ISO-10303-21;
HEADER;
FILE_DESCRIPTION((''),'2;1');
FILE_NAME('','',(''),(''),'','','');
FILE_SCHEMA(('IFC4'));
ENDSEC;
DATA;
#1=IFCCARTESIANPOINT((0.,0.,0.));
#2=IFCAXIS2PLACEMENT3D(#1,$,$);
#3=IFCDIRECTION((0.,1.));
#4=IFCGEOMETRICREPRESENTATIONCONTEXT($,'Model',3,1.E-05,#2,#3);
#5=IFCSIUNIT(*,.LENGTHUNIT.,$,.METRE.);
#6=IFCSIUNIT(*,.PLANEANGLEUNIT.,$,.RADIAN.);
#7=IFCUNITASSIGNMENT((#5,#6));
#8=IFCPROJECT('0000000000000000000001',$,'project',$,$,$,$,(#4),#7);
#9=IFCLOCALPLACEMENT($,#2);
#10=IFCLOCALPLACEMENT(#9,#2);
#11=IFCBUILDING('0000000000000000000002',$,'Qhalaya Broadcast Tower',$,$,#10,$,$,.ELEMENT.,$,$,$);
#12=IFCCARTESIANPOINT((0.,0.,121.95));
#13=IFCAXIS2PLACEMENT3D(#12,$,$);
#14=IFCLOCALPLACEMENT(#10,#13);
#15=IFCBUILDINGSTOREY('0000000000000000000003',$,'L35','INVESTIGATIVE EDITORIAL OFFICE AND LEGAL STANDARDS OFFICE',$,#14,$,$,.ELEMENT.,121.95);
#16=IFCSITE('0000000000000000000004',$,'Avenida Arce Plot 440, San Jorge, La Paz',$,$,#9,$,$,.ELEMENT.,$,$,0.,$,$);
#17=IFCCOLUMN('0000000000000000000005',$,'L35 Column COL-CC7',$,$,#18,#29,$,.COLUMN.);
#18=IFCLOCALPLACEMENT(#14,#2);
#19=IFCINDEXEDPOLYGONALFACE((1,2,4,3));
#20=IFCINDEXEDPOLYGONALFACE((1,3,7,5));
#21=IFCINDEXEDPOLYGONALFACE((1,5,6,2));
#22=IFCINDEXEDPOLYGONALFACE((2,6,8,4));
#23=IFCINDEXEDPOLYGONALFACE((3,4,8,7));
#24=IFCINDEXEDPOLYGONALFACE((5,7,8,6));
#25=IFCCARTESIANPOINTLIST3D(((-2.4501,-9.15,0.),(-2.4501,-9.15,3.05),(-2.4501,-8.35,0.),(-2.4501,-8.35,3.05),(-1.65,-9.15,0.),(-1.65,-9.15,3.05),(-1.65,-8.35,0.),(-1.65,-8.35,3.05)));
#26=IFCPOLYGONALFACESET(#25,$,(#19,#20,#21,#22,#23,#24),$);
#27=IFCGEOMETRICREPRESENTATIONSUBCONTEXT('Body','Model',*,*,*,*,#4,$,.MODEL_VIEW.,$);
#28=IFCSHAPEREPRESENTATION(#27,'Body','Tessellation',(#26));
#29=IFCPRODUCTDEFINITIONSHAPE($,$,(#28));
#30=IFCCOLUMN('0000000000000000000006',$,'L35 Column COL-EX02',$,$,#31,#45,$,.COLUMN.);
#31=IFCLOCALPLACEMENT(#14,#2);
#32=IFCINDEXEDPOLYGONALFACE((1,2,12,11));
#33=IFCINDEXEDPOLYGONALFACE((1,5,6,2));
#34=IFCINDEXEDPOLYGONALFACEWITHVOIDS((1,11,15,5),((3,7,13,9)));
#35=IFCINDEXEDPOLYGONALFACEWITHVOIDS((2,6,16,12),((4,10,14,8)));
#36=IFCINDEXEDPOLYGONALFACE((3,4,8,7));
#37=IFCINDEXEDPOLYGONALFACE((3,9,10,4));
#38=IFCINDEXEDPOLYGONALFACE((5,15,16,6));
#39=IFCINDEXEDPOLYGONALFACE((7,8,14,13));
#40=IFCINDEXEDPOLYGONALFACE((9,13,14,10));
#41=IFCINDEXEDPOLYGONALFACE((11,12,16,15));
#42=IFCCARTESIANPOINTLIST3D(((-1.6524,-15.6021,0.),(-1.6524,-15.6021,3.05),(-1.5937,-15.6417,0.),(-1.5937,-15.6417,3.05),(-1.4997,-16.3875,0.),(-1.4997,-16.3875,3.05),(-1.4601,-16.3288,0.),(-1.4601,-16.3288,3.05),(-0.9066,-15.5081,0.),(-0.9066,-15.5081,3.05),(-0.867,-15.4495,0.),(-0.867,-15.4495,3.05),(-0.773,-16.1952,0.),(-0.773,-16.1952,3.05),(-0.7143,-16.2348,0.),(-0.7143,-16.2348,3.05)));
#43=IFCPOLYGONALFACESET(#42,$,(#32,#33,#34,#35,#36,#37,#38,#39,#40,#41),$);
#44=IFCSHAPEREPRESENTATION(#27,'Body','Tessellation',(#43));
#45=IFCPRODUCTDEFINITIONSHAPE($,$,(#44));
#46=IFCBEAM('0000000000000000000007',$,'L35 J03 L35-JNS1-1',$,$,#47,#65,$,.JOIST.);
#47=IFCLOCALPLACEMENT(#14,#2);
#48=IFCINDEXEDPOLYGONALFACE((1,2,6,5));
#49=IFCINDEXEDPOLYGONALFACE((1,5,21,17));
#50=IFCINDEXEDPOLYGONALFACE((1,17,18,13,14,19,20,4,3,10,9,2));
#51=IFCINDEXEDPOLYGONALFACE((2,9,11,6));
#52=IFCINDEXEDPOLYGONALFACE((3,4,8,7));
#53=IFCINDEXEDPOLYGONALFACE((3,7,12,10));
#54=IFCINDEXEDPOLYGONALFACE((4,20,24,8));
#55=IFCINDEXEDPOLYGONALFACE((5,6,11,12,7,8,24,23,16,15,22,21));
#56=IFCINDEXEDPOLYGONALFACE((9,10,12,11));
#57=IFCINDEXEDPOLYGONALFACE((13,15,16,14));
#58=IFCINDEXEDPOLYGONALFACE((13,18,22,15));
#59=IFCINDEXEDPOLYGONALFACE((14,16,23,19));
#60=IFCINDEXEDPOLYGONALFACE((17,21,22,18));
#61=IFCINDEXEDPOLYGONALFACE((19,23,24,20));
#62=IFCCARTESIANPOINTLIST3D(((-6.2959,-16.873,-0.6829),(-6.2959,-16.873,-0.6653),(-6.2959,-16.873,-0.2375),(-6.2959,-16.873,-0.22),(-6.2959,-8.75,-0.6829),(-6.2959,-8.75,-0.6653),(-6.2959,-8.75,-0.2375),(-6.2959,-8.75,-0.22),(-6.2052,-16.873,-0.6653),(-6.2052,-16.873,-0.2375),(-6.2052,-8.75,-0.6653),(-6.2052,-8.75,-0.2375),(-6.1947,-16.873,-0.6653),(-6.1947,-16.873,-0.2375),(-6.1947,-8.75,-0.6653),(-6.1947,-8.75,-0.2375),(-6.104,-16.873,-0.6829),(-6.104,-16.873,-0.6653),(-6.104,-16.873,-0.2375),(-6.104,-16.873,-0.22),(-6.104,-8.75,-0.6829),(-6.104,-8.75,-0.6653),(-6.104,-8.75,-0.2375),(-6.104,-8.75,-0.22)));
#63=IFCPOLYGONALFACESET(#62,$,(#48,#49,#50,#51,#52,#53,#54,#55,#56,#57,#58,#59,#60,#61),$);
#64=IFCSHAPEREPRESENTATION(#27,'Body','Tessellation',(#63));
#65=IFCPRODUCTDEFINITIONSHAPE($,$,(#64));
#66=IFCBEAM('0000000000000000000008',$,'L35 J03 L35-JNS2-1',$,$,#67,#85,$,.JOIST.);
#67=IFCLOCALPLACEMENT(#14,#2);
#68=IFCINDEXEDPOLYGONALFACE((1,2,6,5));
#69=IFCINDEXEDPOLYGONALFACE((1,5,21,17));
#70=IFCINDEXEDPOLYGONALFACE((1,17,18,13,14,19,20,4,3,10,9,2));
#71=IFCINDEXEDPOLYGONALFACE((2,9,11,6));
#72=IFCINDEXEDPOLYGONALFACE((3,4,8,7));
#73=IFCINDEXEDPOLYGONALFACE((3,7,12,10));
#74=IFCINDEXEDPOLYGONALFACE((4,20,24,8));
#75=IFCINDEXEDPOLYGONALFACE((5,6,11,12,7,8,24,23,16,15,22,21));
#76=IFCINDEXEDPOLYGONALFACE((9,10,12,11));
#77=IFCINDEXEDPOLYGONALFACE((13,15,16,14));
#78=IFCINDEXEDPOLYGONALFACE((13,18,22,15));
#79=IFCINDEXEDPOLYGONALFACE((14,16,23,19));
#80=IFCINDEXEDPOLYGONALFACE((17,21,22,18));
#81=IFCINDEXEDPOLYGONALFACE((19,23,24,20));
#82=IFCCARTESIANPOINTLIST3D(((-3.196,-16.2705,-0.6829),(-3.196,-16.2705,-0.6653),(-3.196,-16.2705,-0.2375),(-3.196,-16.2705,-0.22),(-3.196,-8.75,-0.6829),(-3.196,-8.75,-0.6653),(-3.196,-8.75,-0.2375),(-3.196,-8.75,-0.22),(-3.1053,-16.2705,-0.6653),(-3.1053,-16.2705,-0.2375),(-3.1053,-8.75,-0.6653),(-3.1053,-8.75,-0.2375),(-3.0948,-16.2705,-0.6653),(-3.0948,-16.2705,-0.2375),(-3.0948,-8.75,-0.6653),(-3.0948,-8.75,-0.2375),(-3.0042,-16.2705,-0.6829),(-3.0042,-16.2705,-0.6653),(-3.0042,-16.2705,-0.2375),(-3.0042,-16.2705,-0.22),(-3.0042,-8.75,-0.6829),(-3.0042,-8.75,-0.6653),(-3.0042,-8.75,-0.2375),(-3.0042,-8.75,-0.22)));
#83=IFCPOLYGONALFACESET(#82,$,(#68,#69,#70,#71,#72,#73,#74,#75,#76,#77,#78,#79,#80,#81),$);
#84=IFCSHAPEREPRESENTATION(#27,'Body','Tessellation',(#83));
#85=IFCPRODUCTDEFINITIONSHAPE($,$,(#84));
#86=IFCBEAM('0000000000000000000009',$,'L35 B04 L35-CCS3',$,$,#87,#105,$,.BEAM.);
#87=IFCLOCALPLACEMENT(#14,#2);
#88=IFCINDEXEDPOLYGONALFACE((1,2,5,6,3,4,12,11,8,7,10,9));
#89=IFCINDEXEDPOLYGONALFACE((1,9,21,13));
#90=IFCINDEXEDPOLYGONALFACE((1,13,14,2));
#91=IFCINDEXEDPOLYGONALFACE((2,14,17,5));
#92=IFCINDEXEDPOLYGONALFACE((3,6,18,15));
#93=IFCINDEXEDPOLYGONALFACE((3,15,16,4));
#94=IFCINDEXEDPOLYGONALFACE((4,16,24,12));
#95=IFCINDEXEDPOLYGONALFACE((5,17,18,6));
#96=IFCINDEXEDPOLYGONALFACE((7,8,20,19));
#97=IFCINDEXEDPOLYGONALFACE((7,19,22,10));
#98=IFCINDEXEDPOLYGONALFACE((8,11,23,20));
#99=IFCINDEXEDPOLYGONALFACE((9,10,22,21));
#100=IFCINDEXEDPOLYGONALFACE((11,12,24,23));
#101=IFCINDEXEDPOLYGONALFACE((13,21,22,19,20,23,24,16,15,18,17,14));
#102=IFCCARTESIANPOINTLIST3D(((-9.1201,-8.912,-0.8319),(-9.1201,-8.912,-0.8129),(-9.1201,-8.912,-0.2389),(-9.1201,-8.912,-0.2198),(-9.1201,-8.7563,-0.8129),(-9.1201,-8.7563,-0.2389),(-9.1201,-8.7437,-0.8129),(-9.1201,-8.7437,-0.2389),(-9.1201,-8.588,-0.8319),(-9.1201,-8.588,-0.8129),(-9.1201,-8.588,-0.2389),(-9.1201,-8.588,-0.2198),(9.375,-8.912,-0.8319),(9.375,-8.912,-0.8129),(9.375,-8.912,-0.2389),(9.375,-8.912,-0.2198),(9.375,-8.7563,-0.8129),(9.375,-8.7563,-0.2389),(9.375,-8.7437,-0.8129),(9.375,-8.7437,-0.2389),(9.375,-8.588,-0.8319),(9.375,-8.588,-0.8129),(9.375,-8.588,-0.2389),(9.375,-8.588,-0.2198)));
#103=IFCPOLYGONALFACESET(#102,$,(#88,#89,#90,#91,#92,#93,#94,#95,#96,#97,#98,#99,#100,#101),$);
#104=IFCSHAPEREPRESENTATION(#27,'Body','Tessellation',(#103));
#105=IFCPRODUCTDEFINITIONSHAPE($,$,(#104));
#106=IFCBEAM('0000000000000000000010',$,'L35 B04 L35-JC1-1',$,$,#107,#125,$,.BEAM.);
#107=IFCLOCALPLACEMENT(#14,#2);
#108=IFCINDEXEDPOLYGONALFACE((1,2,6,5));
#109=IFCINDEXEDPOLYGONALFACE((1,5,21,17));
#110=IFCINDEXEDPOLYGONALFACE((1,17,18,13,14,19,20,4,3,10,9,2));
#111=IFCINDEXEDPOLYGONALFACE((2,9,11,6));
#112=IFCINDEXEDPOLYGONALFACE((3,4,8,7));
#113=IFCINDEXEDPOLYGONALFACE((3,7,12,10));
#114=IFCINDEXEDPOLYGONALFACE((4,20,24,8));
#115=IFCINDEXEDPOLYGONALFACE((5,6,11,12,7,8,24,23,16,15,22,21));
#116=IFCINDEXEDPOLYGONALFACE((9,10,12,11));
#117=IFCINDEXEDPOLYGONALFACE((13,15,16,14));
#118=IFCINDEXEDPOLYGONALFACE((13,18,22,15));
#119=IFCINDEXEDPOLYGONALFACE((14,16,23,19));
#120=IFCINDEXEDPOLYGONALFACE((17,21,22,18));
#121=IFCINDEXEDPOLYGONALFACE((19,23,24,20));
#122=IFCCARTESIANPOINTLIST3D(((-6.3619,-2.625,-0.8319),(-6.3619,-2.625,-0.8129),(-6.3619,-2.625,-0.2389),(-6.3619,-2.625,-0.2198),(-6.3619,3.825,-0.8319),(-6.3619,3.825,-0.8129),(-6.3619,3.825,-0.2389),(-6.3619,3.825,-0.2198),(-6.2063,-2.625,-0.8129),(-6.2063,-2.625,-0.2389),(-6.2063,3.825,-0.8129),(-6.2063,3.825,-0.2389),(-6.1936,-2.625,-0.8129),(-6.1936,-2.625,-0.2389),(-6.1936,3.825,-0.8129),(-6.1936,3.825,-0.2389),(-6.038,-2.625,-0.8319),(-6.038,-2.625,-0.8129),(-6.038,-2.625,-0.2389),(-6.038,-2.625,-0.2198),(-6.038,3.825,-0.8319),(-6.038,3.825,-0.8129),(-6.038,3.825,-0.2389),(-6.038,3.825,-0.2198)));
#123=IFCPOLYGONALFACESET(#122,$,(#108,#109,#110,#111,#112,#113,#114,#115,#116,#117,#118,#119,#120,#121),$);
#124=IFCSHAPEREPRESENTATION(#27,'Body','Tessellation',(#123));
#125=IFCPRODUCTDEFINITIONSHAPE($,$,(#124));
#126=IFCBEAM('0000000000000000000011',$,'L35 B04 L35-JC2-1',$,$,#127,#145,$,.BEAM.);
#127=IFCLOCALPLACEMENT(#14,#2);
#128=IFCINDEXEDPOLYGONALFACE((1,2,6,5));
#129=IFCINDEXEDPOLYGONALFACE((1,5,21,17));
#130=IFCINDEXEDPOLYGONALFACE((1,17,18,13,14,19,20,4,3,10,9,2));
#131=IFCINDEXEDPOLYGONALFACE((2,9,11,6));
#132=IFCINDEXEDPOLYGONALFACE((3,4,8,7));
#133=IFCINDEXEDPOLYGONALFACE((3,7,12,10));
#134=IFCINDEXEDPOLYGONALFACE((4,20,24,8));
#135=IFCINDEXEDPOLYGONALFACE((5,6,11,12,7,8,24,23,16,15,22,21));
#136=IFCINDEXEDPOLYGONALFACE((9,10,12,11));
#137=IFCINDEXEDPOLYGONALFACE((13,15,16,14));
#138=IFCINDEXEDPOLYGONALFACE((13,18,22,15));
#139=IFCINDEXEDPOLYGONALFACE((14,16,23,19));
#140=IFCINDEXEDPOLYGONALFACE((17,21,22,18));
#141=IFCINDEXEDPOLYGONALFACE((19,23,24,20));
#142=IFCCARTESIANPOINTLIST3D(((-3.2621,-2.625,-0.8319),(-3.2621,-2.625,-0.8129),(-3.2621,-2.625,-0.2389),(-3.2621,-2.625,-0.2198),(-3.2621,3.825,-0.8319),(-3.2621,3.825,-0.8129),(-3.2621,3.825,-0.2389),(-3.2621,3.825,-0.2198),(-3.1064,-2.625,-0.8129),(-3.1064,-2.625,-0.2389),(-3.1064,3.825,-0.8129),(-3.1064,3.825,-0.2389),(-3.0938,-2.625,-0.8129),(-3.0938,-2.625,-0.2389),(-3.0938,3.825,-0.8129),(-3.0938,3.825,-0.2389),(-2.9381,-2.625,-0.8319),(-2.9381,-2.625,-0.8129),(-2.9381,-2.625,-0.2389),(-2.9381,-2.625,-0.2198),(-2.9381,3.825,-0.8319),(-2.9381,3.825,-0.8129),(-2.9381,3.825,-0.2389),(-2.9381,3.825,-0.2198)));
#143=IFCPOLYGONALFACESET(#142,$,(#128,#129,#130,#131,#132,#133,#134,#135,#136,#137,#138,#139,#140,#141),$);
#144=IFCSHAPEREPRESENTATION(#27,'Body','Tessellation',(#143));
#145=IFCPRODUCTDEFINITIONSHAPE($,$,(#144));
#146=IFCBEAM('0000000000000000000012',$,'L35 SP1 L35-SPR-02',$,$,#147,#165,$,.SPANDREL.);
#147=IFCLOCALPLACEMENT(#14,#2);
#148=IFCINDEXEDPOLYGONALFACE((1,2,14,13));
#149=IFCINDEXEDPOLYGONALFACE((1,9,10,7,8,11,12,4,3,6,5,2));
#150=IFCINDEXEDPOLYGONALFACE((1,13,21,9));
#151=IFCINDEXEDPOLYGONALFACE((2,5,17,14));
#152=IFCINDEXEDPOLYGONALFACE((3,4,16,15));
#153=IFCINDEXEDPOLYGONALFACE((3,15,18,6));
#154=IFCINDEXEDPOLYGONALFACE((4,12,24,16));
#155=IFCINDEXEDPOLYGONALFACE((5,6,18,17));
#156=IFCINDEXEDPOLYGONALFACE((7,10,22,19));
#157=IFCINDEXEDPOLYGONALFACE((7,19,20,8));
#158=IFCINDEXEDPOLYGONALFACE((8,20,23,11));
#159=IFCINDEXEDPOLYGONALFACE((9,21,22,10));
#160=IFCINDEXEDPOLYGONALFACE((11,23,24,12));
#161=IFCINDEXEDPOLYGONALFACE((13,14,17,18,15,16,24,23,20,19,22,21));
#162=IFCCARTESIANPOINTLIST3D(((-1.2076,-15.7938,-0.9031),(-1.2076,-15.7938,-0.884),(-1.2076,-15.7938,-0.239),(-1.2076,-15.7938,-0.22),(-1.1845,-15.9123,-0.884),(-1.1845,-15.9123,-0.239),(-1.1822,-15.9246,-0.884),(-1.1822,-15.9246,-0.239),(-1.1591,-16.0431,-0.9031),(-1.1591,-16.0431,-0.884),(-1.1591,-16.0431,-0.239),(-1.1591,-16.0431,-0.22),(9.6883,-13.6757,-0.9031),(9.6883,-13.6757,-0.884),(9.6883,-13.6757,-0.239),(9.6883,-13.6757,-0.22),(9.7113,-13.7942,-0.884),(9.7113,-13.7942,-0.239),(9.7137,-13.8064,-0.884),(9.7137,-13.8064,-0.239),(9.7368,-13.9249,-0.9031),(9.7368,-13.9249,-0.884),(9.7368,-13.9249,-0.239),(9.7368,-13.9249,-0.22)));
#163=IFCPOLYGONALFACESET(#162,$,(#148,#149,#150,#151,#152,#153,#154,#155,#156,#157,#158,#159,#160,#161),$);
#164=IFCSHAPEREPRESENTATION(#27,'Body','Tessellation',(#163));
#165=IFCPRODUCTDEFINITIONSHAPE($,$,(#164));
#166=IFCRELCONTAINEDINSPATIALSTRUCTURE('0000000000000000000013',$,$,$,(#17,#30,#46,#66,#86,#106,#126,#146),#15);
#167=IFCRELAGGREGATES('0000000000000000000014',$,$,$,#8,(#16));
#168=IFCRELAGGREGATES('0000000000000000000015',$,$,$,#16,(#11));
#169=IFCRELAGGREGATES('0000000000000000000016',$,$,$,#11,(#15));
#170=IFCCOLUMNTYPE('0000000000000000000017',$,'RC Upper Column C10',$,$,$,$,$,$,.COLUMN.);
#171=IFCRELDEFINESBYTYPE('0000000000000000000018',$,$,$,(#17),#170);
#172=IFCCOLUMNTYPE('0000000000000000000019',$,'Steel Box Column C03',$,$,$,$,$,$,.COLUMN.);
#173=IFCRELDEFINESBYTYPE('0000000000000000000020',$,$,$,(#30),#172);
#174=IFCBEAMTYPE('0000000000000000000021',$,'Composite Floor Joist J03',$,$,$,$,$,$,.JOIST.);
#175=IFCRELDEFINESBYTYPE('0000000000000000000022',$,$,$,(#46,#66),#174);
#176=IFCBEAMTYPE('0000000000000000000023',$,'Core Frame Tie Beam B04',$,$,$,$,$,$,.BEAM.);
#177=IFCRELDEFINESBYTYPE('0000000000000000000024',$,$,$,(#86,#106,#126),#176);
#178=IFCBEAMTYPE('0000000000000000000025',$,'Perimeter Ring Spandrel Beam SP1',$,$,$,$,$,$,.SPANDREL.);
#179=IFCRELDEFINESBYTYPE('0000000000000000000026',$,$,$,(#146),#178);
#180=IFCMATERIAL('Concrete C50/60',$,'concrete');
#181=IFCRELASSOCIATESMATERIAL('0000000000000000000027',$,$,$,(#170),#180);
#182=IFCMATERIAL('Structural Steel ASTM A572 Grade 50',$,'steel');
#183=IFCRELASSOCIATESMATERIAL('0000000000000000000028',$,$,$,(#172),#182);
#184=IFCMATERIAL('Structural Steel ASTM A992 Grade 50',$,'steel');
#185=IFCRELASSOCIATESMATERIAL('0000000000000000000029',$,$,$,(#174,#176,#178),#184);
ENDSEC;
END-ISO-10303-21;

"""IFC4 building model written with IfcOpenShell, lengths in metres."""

from ifc_helpers import new_model, si_unit, direction, frame, origin, origin_2d, place, context, subcontext, project, spatial, rectangle, hollow_rectangle, i_section, extrude, material, material_profile, profile_set, type_object, element, save


model = new_model("IFC4")

# Units and contexts
model_context = context("Model", 3, precision=1e-05, world=origin(), true_north=direction((0.0, 1.0)))
body_context = subcontext(model_context, "Body", "Model", "MODEL_VIEW")
ifc_project = project(units=[si_unit("LENGTHUNIT", "METRE"), si_unit("PLANEANGLEUNIT", "RADIAN")], contexts=[model_context])

# Site, building, storey
site_placement = place(None, origin())
site = spatial("IfcSite", under=ifc_project, at=site_placement, Name="Avenida Arce Plot 440, San Jorge, La Paz", CompositionType="ELEMENT", RefElevation=0.0)
building_placement = place(site_placement, origin())
building = spatial("IfcBuilding", under=site, at=building_placement, Name="Qhalaya Broadcast Tower", CompositionType="ELEMENT")
storey_placement = place(building_placement, frame((0.0, 0.0, 121.95)))
storey = spatial("IfcBuildingStorey", under=building, at=storey_placement, Name="L35", Description="INVESTIGATIVE EDITORIAL OFFICE AND LEGAL STANDARDS OFFICE", CompositionType="ELEMENT", Elevation=121.95)

# Columns
ifc_material_1 = material(Name="Concrete C50/60", Category="concrete")
ifc_material_profile_1 = material_profile(ifc_material_1, rectangle(XDim=0.8, YDim=0.8, at=origin_2d()), Name="RC-COL 800x800")
ifc_profile_set_1 = profile_set([ifc_material_profile_1], Name="Concrete C50/60")
column_type_1 = type_object("IfcColumnType", Name="RC Upper Column C10", PredefinedType="COLUMN", material=ifc_profile_set_1)
column_1_placement = place(storey_placement, frame((-2.05, -8.75, 0.0), z_axis=(0.0, 0.0, 1.0), x_axis=(1.0, 0.0, 0.0)))
element("IfcColumn", 1, at=column_1_placement, inside=storey, type_object=column_type_1, Name="L35 Column COL-CC7", PredefinedType="COLUMN", context=body_context, shape_type="SweptSolid", body=[
    extrude(rectangle(XDim=0.8, YDim=0.8, at=origin_2d()), origin(), (0.0, 0.0, 1.0), 3.05),
])
ifc_material_2 = material(Name="Structural Steel ASTM A572 Grade 50", Category="steel")
ifc_material_profile_2 = material_profile(ifc_material_2, hollow_rectangle(XDim=0.8, YDim=0.8, WallThickness=0.05, at=origin_2d()), Name="BOX 800x800x50")
ifc_profile_set_2 = profile_set([ifc_material_profile_2], Name="Structural Steel ASTM A572 Grade 50")
column_type_2 = type_object("IfcColumnType", Name="Steel Box Column C03", PredefinedType="COLUMN", material=ifc_profile_set_2)
column_2_placement = place(storey_placement, frame((-1.1833, -15.9185, 0.0), z_axis=(0.0, 0.0, 1.0), x_axis=(0.981627, 0.190809, 0.0)))
element("IfcColumn", 2, at=column_2_placement, inside=storey, type_object=column_type_2, Name="L35 Column COL-EX02", PredefinedType="COLUMN", context=body_context, shape_type="SweptSolid", body=[
    extrude(hollow_rectangle(XDim=0.8, YDim=0.8, WallThickness=0.05, at=origin_2d()), origin(), (0.0, 0.0, 1.0), 3.05),
])

# Beams
ifc_material_3 = material(Name="Structural Steel ASTM A992 Grade 50", Category="steel")
ifc_material_profile_3 = material_profile(ifc_material_3, i_section(OverallWidth=0.1919, OverallDepth=0.4629, WebThickness=0.0105, FlangeThickness=0.0176, at=origin_2d()), Name="W18X60")
ifc_profile_set_3 = profile_set([ifc_material_profile_3], Name="Structural Steel ASTM A992 Grade 50")
beam_type_1 = type_object("IfcBeamType", Name="Composite Floor Joist J03", PredefinedType="JOIST", material=ifc_profile_set_3)
beam_1_placement = place(storey_placement, frame((-6.2, -16.873, -0.4514), z_axis=(0.0, 1.0, 0.0), x_axis=(-1.0, 0.0, 0.0)))
element("IfcBeam", 3, at=beam_1_placement, inside=storey, type_object=beam_type_1, Name="L35 J03 L35-JNS1-1", PredefinedType="JOIST", context=body_context, shape_type="SweptSolid", body=[
    extrude(i_section(OverallWidth=0.1919, OverallDepth=0.4629, WebThickness=0.0105, FlangeThickness=0.0176, at=origin_2d()), origin(), (0.0, 0.0, 1.0), 8.123),
])
beam_2_placement = place(storey_placement, frame((-3.1001, -16.2705, -0.4514), z_axis=(0.0, 1.0, 0.0), x_axis=(-1.0, 0.0, 0.0)))
element("IfcBeam", 4, at=beam_2_placement, inside=storey, type_object=beam_type_1, Name="L35 J03 L35-JNS2-1", PredefinedType="JOIST", context=body_context, shape_type="SweptSolid", body=[
    extrude(i_section(OverallWidth=0.1919, OverallDepth=0.4629, WebThickness=0.0105, FlangeThickness=0.0176, at=origin_2d()), origin(), (0.0, 0.0, 1.0), 7.5205),
])
ifc_material_profile_4 = material_profile(ifc_material_3, i_section(OverallWidth=0.324, OverallDepth=0.6121, WebThickness=0.0127, FlangeThickness=0.019, at=origin_2d()), Name="W24X104")
ifc_profile_set_4 = profile_set([ifc_material_profile_4], Name="Structural Steel ASTM A992 Grade 50")
beam_type_2 = type_object("IfcBeamType", Name="Core Frame Tie Beam B04", PredefinedType="BEAM", material=ifc_profile_set_4)
beam_3_placement = place(storey_placement, frame((-9.1201, -8.75, -0.5259), z_axis=(1.0, 0.0, 0.0), x_axis=(0.0, 1.0, 0.0)))
element("IfcBeam", 5, at=beam_3_placement, inside=storey, type_object=beam_type_2, Name="L35 B04 L35-CCS3", PredefinedType="BEAM", context=body_context, shape_type="SweptSolid", body=[
    extrude(i_section(OverallWidth=0.324, OverallDepth=0.6121, WebThickness=0.0127, FlangeThickness=0.019, at=origin_2d()), origin(), (0.0, 0.0, 1.0), 18.4951),
])
for number, where, z_axis, x_axis, name in (
    (6, (-6.2, -2.625, -0.5259), (0.0, 1.0, 0.0), (-1.0, 0.0, 0.0), "L35 B04 L35-JC1-1"),
    (7, (-3.1001, -2.625, -0.5259), (0.0, 1.0, 0.0), (-1.0, 0.0, 0.0), "L35 B04 L35-JC2-1"),
):
    element("IfcBeam", number, at=place(storey_placement, frame(where, z_axis=z_axis, x_axis=x_axis)), inside=storey, type_object=beam_type_2, Name=name, PredefinedType="BEAM", context=body_context, shape_type="SweptSolid", body=[
        extrude(i_section(OverallWidth=0.324, OverallDepth=0.6121, WebThickness=0.0127, FlangeThickness=0.019, at=origin_2d()), origin(), (0.0, 0.0, 1.0), 6.45),
    ])
ifc_material_profile_5 = material_profile(ifc_material_3, i_section(OverallWidth=0.2539, OverallDepth=0.6831, WebThickness=0.0125, FlangeThickness=0.019, at=origin_2d()), Name="W27X94")
ifc_profile_set_5 = profile_set([ifc_material_profile_5], Name="Structural Steel ASTM A992 Grade 50")
beam_type_3 = type_object("IfcBeamType", Name="Perimeter Ring Spandrel Beam SP1", PredefinedType="SPANDREL", material=ifc_profile_set_5)
beam_4_placement = place(storey_placement, frame((-1.1833, -15.9185, -0.5615), z_axis=(0.981624, 0.190826, 0.0), x_axis=(-0.190826, 0.981624, 0.0)))
element("IfcBeam", 8, at=beam_4_placement, inside=storey, type_object=beam_type_3, Name="L35 SP1 L35-SPR-02", PredefinedType="SPANDREL", context=body_context, shape_type="SweptSolid", body=[
    extrude(i_section(OverallWidth=0.2539, OverallDepth=0.6831, WebThickness=0.0125, FlangeThickness=0.019, at=origin_2d()), origin(), (0.0, 0.0, 1.0), 11.0999),
])

save(model, "model.ifc")
